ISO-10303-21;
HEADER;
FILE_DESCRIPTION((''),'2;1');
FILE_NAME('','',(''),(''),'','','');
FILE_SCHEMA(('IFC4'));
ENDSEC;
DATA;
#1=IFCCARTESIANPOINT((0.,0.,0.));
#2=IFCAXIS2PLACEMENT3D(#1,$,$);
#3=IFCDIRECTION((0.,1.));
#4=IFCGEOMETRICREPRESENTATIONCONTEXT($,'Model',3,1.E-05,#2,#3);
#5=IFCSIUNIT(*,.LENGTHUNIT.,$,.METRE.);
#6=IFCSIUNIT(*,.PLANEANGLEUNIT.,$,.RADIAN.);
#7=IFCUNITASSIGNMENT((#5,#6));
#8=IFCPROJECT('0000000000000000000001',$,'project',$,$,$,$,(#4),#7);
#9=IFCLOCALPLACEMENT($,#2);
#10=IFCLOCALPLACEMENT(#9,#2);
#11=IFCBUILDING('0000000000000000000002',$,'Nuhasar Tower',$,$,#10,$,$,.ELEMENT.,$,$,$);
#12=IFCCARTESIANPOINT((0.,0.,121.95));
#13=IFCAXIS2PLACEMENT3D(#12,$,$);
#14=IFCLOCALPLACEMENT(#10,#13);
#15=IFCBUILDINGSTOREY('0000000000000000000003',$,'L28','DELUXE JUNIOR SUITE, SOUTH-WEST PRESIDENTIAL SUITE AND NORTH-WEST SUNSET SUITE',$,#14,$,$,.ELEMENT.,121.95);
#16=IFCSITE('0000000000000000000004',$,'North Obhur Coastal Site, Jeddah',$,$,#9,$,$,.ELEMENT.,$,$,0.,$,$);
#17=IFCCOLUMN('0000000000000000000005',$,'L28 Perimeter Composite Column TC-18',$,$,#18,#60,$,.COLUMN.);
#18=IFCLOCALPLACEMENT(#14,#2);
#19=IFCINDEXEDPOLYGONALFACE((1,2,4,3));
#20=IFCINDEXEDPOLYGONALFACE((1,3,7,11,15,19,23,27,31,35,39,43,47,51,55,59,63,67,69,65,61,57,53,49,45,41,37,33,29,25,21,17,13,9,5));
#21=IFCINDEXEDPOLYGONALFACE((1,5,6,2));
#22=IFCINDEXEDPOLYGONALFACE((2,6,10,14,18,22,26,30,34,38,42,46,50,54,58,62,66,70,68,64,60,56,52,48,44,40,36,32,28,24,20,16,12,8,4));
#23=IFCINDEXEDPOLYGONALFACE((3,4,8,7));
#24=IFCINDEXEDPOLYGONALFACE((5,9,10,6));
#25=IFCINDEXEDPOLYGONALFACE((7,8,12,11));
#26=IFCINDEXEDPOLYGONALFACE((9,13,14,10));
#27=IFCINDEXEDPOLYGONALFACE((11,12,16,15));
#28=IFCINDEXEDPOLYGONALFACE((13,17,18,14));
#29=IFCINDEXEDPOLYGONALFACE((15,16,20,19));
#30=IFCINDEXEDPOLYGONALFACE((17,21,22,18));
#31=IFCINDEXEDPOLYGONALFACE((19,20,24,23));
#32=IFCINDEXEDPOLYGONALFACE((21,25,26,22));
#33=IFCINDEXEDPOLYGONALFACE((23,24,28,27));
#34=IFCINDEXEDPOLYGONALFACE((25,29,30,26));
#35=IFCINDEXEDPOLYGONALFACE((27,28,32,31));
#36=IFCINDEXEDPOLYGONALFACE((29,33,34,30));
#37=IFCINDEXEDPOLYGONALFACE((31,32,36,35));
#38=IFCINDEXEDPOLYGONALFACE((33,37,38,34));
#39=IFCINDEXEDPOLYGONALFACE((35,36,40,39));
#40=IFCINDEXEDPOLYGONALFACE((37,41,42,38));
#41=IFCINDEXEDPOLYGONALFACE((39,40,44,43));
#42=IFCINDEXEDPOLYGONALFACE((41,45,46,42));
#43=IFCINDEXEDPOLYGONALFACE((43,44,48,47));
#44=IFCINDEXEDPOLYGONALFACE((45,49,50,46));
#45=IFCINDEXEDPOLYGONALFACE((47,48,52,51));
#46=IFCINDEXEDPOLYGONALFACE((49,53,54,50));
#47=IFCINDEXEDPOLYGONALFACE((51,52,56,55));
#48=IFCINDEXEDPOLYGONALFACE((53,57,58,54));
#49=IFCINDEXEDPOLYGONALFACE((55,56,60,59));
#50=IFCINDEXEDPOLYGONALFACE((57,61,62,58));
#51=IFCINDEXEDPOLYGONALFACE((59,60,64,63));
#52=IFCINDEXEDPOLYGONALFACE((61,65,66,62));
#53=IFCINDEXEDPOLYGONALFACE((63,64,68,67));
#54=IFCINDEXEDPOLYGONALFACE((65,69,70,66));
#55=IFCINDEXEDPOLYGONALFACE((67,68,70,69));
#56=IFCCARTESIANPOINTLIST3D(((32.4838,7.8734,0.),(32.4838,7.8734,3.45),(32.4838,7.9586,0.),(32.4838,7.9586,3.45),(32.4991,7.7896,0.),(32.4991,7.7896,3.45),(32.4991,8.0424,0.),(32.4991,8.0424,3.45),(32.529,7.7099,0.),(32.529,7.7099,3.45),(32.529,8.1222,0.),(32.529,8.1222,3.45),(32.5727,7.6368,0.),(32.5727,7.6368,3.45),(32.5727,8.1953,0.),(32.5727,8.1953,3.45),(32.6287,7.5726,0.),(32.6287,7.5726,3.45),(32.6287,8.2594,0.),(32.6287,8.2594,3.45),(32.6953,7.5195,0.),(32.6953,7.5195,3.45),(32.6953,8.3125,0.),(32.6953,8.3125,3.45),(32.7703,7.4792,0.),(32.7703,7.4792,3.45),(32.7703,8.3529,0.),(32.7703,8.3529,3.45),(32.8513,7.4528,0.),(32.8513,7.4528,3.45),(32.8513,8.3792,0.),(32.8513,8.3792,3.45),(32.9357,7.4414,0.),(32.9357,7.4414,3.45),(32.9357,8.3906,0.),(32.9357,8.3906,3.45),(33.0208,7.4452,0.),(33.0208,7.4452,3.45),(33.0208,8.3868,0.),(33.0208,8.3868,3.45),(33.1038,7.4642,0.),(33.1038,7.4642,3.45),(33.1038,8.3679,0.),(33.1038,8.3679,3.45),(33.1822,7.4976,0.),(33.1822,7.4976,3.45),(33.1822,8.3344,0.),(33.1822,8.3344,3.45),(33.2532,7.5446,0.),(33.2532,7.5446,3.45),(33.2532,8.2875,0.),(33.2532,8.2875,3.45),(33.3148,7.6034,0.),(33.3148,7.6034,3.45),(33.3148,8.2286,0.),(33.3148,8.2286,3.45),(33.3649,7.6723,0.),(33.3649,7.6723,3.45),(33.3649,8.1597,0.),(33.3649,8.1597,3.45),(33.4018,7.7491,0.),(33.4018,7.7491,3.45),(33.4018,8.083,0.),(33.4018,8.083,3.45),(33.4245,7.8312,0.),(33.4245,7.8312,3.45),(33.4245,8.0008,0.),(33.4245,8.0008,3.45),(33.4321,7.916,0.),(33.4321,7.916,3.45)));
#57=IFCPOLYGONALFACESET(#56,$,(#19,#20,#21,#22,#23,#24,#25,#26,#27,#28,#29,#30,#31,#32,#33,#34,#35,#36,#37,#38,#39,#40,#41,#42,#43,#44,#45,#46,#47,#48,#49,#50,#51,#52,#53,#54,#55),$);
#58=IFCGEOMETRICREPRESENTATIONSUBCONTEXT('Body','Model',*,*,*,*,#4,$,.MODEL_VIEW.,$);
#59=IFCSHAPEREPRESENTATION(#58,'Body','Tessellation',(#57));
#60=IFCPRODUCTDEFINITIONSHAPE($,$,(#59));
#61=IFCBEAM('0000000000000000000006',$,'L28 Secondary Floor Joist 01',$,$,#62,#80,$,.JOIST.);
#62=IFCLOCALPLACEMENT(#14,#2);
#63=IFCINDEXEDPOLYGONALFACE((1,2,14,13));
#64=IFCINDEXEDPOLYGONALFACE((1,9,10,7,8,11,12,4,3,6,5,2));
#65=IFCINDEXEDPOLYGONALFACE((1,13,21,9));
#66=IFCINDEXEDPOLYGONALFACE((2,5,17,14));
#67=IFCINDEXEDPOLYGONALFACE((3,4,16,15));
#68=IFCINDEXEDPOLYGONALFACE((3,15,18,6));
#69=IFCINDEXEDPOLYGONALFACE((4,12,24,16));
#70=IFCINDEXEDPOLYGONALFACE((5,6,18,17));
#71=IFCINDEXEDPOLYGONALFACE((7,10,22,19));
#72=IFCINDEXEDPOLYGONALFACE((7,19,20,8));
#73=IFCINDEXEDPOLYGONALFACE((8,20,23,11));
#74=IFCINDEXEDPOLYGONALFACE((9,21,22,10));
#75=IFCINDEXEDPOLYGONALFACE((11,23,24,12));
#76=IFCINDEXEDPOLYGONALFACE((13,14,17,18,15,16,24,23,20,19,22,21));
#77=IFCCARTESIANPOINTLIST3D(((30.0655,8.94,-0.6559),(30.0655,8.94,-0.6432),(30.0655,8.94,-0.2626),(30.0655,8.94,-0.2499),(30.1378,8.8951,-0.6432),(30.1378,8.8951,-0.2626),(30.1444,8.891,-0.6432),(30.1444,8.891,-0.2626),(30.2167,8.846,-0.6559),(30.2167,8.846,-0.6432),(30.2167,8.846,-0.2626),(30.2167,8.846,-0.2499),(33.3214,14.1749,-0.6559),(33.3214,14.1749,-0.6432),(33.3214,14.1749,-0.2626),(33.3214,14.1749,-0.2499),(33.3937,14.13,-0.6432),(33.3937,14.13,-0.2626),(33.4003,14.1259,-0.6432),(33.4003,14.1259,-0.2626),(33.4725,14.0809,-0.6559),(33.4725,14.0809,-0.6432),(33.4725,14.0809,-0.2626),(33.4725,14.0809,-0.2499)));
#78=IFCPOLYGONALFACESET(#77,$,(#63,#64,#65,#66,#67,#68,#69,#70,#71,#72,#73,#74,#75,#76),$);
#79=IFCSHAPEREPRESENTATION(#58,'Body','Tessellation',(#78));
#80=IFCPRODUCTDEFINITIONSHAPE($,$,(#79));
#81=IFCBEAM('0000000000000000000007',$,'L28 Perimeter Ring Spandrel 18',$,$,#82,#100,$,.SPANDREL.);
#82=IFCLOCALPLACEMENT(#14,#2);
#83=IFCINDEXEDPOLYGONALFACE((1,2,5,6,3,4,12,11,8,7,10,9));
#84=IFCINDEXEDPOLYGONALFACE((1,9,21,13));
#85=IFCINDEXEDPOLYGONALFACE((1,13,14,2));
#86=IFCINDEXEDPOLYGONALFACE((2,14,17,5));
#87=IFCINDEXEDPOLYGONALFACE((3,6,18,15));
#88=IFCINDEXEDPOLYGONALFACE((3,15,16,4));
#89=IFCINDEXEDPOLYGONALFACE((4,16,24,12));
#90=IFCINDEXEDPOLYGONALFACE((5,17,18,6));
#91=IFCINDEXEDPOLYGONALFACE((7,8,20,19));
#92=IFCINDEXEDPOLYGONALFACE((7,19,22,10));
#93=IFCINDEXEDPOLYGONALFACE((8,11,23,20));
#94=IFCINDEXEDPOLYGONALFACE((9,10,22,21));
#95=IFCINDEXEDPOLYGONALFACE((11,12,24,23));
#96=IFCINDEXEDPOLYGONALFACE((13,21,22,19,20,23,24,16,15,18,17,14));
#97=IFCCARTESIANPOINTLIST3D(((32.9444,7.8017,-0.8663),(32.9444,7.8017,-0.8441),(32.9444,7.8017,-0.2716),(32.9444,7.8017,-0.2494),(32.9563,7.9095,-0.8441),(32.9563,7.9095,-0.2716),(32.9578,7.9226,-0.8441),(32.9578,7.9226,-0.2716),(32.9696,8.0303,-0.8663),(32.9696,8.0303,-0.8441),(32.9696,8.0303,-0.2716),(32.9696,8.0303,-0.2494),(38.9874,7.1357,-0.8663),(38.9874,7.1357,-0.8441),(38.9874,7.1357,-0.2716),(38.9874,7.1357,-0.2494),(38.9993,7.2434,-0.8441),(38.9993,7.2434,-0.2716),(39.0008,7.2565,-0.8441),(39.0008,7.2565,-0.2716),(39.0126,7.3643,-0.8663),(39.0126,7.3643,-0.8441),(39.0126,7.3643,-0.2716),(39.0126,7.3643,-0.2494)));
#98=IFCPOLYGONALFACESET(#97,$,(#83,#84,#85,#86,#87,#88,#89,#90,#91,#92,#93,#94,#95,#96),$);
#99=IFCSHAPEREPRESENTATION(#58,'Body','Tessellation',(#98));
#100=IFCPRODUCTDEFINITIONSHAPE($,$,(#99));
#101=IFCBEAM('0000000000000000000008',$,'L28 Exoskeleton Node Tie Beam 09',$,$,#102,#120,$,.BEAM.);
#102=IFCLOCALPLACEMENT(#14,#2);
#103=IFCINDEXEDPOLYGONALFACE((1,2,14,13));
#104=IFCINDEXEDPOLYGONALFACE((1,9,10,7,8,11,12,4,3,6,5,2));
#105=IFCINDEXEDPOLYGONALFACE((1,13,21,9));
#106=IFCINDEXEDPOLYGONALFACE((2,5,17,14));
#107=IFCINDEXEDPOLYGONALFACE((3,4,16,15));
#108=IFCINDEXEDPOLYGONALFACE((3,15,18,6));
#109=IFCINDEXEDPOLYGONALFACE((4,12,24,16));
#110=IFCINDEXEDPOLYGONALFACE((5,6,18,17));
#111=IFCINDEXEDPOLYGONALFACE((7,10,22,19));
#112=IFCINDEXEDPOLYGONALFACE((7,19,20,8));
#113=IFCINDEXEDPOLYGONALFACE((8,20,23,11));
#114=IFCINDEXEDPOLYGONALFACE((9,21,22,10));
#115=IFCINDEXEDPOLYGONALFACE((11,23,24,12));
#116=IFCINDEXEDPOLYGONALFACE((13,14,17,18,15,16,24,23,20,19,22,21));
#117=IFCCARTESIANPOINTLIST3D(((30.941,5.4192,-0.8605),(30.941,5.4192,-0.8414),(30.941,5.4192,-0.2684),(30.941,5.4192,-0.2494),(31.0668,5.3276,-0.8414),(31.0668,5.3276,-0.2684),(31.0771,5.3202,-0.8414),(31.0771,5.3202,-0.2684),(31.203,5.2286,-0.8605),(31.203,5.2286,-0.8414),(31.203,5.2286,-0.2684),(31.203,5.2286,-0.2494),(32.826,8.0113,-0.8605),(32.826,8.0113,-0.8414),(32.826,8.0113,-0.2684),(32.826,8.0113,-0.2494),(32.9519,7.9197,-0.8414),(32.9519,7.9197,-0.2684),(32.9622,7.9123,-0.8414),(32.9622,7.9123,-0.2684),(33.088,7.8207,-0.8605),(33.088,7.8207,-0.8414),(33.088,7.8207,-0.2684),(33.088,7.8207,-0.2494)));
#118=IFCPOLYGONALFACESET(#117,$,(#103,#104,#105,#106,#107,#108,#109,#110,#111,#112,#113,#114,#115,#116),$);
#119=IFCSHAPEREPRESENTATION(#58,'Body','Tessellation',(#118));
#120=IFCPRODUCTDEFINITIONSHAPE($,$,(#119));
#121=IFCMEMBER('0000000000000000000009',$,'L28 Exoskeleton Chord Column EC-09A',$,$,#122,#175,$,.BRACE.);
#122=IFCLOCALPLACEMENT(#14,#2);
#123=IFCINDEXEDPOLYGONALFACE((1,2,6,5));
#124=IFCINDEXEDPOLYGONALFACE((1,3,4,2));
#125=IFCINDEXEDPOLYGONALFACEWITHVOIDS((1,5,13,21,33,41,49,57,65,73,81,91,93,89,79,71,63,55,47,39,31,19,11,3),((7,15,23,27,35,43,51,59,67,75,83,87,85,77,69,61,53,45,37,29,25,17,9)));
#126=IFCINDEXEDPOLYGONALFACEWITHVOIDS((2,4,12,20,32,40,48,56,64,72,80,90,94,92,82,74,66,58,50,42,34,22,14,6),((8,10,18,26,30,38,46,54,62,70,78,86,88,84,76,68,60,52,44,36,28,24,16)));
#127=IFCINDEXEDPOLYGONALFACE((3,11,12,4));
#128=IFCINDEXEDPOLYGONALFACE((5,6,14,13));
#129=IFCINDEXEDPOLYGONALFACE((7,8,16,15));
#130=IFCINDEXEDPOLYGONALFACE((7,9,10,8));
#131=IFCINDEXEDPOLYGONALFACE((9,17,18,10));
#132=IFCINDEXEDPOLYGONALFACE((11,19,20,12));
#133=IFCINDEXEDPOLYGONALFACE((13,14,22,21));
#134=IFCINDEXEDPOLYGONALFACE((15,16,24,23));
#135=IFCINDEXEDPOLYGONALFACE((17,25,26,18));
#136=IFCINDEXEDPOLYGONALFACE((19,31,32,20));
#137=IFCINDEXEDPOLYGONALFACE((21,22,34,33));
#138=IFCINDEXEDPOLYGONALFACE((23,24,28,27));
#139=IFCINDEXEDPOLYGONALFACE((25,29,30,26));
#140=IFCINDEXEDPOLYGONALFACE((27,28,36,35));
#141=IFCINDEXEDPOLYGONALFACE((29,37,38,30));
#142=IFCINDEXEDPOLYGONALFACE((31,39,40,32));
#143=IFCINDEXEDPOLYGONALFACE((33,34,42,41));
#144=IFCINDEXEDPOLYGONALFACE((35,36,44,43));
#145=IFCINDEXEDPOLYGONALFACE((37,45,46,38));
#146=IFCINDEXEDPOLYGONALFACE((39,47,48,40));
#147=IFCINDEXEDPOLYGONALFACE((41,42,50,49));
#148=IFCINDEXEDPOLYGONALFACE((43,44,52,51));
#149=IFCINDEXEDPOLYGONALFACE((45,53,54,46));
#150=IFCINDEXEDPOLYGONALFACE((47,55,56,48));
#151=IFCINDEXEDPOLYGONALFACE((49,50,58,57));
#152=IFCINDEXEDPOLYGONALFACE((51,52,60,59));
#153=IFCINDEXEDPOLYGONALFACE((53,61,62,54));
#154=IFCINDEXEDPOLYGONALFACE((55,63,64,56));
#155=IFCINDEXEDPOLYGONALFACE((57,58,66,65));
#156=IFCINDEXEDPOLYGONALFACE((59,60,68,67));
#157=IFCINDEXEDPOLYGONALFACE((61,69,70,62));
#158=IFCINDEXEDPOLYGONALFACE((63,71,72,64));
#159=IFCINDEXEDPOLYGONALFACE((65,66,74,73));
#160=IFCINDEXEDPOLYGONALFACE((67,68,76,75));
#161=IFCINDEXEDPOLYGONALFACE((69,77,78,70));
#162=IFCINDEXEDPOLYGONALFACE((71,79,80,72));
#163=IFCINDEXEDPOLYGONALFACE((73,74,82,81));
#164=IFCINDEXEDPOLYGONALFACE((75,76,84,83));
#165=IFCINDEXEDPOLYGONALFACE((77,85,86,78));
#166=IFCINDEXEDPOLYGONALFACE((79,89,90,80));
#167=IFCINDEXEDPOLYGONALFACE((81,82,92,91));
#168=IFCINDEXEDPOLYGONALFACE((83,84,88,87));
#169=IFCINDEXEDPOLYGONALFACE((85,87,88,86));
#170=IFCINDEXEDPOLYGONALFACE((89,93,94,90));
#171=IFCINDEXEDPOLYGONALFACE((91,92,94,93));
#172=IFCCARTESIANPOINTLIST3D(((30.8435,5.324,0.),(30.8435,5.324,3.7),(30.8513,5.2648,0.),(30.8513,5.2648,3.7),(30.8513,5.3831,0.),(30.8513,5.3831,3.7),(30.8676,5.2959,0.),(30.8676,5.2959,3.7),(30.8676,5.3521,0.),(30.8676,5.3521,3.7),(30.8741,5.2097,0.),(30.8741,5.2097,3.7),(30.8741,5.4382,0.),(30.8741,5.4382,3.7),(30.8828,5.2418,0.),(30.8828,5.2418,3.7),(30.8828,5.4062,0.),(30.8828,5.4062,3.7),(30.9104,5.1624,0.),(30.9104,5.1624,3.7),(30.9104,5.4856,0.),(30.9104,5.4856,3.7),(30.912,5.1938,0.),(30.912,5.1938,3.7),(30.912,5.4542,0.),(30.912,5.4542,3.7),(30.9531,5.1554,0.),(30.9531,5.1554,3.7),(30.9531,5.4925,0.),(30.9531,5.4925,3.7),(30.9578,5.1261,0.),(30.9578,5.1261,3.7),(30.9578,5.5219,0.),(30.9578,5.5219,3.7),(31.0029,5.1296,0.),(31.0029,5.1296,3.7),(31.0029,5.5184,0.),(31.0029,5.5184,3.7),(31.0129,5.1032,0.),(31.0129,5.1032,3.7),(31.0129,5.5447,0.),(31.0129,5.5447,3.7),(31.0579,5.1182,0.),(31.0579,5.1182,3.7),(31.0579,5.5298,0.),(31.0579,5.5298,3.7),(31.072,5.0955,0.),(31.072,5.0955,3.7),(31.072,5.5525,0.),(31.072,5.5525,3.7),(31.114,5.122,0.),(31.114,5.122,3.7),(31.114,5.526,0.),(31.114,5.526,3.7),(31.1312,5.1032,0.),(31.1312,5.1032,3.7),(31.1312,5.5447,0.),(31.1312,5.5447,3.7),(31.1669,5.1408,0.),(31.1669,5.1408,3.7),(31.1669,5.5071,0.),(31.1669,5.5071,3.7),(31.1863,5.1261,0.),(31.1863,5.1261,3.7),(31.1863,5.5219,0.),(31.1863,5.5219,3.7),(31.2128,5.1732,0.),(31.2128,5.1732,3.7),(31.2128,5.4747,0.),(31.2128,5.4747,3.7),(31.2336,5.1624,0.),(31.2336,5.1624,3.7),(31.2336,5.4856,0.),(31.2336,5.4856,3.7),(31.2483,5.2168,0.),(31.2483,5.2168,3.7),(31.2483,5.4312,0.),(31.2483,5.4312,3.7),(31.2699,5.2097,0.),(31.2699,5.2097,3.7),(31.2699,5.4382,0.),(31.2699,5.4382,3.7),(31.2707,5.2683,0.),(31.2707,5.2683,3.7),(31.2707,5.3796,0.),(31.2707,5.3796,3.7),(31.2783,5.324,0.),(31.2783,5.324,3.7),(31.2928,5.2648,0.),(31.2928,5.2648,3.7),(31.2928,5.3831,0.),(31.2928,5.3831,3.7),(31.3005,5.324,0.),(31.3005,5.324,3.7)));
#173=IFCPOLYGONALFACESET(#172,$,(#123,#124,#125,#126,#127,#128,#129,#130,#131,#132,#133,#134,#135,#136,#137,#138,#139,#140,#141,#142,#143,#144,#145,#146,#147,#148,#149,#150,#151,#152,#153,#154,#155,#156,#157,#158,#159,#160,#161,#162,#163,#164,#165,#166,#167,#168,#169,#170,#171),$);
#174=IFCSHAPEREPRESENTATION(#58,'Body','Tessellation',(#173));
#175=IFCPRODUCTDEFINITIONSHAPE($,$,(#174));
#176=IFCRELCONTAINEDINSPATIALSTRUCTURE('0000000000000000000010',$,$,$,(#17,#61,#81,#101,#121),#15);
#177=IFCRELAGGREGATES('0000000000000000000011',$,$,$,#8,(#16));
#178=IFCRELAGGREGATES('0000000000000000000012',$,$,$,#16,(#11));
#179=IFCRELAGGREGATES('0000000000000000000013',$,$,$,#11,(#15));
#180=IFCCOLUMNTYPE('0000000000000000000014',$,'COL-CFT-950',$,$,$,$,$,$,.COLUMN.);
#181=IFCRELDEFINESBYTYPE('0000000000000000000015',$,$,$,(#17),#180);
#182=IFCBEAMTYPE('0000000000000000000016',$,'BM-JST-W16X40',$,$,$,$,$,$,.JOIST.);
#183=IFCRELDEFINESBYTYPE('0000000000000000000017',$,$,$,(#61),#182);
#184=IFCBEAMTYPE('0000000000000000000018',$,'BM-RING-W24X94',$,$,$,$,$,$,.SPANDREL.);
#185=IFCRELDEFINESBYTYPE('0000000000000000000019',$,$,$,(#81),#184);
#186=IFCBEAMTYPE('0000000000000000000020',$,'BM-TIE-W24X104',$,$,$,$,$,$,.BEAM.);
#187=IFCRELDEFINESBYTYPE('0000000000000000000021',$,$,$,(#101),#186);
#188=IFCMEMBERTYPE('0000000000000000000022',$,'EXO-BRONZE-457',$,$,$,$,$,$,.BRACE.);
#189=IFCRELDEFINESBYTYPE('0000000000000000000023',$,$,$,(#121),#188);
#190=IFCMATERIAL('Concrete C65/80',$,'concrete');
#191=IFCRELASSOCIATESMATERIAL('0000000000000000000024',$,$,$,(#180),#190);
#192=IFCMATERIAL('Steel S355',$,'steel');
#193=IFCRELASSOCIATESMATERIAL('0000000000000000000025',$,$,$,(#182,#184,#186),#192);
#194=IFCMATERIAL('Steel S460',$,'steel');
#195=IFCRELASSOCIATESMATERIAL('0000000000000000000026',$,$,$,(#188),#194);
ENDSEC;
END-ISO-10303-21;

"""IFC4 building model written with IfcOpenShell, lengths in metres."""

from ifc_helpers import new_model, si_unit, direction, frame, origin, origin_2d, place, context, subcontext, project, spatial, circle, hollow_circle, i_section, extrude, material, material_profile, profile_set, type_object, element, save


model = new_model("IFC4")

# Units and contexts
model_context = context("Model", 3, precision=1e-05, world=origin(), true_north=direction((0.0, 1.0)))
body_context = subcontext(model_context, "Body", "Model", "MODEL_VIEW")
ifc_project = project(units=[si_unit("LENGTHUNIT", "METRE"), si_unit("PLANEANGLEUNIT", "RADIAN")], contexts=[model_context])

# Site, building, storey
site_placement = place(None, origin())
site = spatial("IfcSite", under=ifc_project, at=site_placement, Name="North Obhur Coastal Site, Jeddah", CompositionType="ELEMENT", RefElevation=0.0)
building_placement = place(site_placement, origin())
building = spatial("IfcBuilding", under=site, at=building_placement, Name="Nuhasar Tower", CompositionType="ELEMENT")
storey_placement = place(building_placement, frame((0.0, 0.0, 121.95)))
storey = spatial("IfcBuildingStorey", under=building, at=storey_placement, Name="L28", Description="DELUXE JUNIOR SUITE, SOUTH-WEST PRESIDENTIAL SUITE AND NORTH-WEST SUNSET SUITE", CompositionType="ELEMENT", Elevation=121.95)

# Column
ifc_material_1 = material(Name="Concrete C65/80", Category="concrete")
ifc_material_profile_1 = material_profile(ifc_material_1, circle(Radius=0.4751, at=origin_2d()), Name="CFT950")
ifc_profile_set_1 = profile_set([ifc_material_profile_1], Name="Concrete C65/80")
column_type = type_object("IfcColumnType", Name="COL-CFT-950", PredefinedType="COLUMN", material=ifc_profile_set_1)
column_placement = place(storey_placement, frame((32.957, 7.916, 0.0), z_axis=(0.0, 0.0, 1.0), x_axis=(1.0, 0.0, 0.0)))
element("IfcColumn", 1, at=column_placement, inside=storey, type_object=column_type, Name="L28 Perimeter Composite Column TC-18", PredefinedType="COLUMN", context=body_context, shape_type="SweptSolid", body=[
    extrude(circle(Radius=0.4751, at=origin_2d()), origin(), (0.0, 0.0, 1.0), 3.45),
])

# Beams
ifc_material_2 = material(Name="Steel S355", Category="steel")
ifc_material_profile_2 = material_profile(ifc_material_2, i_section(OverallWidth=0.178, OverallDepth=0.406, WebThickness=0.0078, FlangeThickness=0.0127, at=origin_2d()), Name="W16X40")
ifc_profile_set_2 = profile_set([ifc_material_profile_2], Name="Steel S355")
beam_type_1 = type_object("IfcBeamType", Name="BM-JST-W16X40", PredefinedType="JOIST", material=ifc_profile_set_2)
beam_1_placement = place(storey_placement, frame((33.397, 14.1279, -0.4529), z_axis=(-0.528139, -0.849158, 0.0), x_axis=(0.849158, -0.528139, 0.0)))
element("IfcBeam", 2, at=beam_1_placement, inside=storey, type_object=beam_type_1, Name="L28 Secondary Floor Joist 01", PredefinedType="JOIST", context=body_context, shape_type="SweptSolid", body=[
    extrude(i_section(OverallWidth=0.178, OverallDepth=0.406, WebThickness=0.0078, FlangeThickness=0.0127, at=origin_2d()), origin(), (0.0, 0.0, 1.0), 6.1648),
])
ifc_material_profile_3 = material_profile(ifc_material_2, i_section(OverallWidth=0.23, OverallDepth=0.6169, WebThickness=0.0132, FlangeThickness=0.0222, at=origin_2d()), Name="W24X94")
ifc_profile_set_3 = profile_set([ifc_material_profile_3], Name="Steel S355")
beam_type_2 = type_object("IfcBeamType", Name="BM-RING-W24X94", PredefinedType="SPANDREL", material=ifc_profile_set_3)
beam_2_placement = place(storey_placement, frame((32.957, 7.916, -0.5579), z_axis=(0.993981, -0.10955, 0.0), x_axis=(0.10955, 0.993981, 0.0)))
element("IfcBeam", 3, at=beam_2_placement, inside=storey, type_object=beam_type_2, Name="L28 Perimeter Ring Spandrel 18", PredefinedType="SPANDREL", context=body_context, shape_type="SweptSolid", body=[
    extrude(i_section(OverallWidth=0.23, OverallDepth=0.6169, WebThickness=0.0132, FlangeThickness=0.0222, at=origin_2d()), origin(), (0.0, 0.0, 1.0), 6.0796),
])
ifc_material_profile_4 = material_profile(ifc_material_2, i_section(OverallWidth=0.324, OverallDepth=0.6111, WebThickness=0.0127, FlangeThickness=0.019, at=origin_2d()), Name="W24X104")
ifc_profile_set_4 = profile_set([ifc_material_profile_4], Name="Steel S355")
beam_type_3 = type_object("IfcBeamType", Name="BM-TIE-W24X104", PredefinedType="BEAM", material=ifc_profile_set_4)
beam_3_placement = place(storey_placement, frame((32.957, 7.916, -0.5549), z_axis=(-0.588149, -0.808753, 0.0), x_axis=(0.808753, -0.588149, 0.0)))
element("IfcBeam", 4, at=beam_3_placement, inside=storey, type_object=beam_type_3, Name="L28 Exoskeleton Node Tie Beam 09", PredefinedType="BEAM", context=body_context, shape_type="SweptSolid", body=[
    extrude(i_section(OverallWidth=0.324, OverallDepth=0.6111, WebThickness=0.0127, FlangeThickness=0.019, at=origin_2d()), origin(), (0.0, 0.0, 1.0), 3.2051),
])

# Member
ifc_material_3 = material(Name="Steel S460", Category="steel")
ifc_material_profile_5 = material_profile(ifc_material_3, hollow_circle(Radius=0.2285, WallThickness=0.0222, at=origin_2d()), Name="HSS457X22.2")
ifc_profile_set_5 = profile_set([ifc_material_profile_5], Name="Steel S460")
member_type = type_object("IfcMemberType", Name="EXO-BRONZE-457", PredefinedType="BRACE", material=ifc_profile_set_5)
for number, where, z_axis, x_axis, name in (
    (5, (31.072, 5.324, 0.0), (0.0, 0.0, 1.0), (1.0, 0.0, 0.0), "L28 Exoskeleton Chord Column EC-09A"),
):
    element("IfcMember", number, at=place(storey_placement, frame(where, z_axis=z_axis, x_axis=x_axis)), inside=storey, type_object=member_type, Name=name, PredefinedType="BRACE", context=body_context, shape_type="SweptSolid", body=[
        extrude(hollow_circle(Radius=0.2285, WallThickness=0.0222, at=origin_2d()), origin(), (0.0, 0.0, 1.0), 3.7),
    ])

save(model, "model.ifc")
